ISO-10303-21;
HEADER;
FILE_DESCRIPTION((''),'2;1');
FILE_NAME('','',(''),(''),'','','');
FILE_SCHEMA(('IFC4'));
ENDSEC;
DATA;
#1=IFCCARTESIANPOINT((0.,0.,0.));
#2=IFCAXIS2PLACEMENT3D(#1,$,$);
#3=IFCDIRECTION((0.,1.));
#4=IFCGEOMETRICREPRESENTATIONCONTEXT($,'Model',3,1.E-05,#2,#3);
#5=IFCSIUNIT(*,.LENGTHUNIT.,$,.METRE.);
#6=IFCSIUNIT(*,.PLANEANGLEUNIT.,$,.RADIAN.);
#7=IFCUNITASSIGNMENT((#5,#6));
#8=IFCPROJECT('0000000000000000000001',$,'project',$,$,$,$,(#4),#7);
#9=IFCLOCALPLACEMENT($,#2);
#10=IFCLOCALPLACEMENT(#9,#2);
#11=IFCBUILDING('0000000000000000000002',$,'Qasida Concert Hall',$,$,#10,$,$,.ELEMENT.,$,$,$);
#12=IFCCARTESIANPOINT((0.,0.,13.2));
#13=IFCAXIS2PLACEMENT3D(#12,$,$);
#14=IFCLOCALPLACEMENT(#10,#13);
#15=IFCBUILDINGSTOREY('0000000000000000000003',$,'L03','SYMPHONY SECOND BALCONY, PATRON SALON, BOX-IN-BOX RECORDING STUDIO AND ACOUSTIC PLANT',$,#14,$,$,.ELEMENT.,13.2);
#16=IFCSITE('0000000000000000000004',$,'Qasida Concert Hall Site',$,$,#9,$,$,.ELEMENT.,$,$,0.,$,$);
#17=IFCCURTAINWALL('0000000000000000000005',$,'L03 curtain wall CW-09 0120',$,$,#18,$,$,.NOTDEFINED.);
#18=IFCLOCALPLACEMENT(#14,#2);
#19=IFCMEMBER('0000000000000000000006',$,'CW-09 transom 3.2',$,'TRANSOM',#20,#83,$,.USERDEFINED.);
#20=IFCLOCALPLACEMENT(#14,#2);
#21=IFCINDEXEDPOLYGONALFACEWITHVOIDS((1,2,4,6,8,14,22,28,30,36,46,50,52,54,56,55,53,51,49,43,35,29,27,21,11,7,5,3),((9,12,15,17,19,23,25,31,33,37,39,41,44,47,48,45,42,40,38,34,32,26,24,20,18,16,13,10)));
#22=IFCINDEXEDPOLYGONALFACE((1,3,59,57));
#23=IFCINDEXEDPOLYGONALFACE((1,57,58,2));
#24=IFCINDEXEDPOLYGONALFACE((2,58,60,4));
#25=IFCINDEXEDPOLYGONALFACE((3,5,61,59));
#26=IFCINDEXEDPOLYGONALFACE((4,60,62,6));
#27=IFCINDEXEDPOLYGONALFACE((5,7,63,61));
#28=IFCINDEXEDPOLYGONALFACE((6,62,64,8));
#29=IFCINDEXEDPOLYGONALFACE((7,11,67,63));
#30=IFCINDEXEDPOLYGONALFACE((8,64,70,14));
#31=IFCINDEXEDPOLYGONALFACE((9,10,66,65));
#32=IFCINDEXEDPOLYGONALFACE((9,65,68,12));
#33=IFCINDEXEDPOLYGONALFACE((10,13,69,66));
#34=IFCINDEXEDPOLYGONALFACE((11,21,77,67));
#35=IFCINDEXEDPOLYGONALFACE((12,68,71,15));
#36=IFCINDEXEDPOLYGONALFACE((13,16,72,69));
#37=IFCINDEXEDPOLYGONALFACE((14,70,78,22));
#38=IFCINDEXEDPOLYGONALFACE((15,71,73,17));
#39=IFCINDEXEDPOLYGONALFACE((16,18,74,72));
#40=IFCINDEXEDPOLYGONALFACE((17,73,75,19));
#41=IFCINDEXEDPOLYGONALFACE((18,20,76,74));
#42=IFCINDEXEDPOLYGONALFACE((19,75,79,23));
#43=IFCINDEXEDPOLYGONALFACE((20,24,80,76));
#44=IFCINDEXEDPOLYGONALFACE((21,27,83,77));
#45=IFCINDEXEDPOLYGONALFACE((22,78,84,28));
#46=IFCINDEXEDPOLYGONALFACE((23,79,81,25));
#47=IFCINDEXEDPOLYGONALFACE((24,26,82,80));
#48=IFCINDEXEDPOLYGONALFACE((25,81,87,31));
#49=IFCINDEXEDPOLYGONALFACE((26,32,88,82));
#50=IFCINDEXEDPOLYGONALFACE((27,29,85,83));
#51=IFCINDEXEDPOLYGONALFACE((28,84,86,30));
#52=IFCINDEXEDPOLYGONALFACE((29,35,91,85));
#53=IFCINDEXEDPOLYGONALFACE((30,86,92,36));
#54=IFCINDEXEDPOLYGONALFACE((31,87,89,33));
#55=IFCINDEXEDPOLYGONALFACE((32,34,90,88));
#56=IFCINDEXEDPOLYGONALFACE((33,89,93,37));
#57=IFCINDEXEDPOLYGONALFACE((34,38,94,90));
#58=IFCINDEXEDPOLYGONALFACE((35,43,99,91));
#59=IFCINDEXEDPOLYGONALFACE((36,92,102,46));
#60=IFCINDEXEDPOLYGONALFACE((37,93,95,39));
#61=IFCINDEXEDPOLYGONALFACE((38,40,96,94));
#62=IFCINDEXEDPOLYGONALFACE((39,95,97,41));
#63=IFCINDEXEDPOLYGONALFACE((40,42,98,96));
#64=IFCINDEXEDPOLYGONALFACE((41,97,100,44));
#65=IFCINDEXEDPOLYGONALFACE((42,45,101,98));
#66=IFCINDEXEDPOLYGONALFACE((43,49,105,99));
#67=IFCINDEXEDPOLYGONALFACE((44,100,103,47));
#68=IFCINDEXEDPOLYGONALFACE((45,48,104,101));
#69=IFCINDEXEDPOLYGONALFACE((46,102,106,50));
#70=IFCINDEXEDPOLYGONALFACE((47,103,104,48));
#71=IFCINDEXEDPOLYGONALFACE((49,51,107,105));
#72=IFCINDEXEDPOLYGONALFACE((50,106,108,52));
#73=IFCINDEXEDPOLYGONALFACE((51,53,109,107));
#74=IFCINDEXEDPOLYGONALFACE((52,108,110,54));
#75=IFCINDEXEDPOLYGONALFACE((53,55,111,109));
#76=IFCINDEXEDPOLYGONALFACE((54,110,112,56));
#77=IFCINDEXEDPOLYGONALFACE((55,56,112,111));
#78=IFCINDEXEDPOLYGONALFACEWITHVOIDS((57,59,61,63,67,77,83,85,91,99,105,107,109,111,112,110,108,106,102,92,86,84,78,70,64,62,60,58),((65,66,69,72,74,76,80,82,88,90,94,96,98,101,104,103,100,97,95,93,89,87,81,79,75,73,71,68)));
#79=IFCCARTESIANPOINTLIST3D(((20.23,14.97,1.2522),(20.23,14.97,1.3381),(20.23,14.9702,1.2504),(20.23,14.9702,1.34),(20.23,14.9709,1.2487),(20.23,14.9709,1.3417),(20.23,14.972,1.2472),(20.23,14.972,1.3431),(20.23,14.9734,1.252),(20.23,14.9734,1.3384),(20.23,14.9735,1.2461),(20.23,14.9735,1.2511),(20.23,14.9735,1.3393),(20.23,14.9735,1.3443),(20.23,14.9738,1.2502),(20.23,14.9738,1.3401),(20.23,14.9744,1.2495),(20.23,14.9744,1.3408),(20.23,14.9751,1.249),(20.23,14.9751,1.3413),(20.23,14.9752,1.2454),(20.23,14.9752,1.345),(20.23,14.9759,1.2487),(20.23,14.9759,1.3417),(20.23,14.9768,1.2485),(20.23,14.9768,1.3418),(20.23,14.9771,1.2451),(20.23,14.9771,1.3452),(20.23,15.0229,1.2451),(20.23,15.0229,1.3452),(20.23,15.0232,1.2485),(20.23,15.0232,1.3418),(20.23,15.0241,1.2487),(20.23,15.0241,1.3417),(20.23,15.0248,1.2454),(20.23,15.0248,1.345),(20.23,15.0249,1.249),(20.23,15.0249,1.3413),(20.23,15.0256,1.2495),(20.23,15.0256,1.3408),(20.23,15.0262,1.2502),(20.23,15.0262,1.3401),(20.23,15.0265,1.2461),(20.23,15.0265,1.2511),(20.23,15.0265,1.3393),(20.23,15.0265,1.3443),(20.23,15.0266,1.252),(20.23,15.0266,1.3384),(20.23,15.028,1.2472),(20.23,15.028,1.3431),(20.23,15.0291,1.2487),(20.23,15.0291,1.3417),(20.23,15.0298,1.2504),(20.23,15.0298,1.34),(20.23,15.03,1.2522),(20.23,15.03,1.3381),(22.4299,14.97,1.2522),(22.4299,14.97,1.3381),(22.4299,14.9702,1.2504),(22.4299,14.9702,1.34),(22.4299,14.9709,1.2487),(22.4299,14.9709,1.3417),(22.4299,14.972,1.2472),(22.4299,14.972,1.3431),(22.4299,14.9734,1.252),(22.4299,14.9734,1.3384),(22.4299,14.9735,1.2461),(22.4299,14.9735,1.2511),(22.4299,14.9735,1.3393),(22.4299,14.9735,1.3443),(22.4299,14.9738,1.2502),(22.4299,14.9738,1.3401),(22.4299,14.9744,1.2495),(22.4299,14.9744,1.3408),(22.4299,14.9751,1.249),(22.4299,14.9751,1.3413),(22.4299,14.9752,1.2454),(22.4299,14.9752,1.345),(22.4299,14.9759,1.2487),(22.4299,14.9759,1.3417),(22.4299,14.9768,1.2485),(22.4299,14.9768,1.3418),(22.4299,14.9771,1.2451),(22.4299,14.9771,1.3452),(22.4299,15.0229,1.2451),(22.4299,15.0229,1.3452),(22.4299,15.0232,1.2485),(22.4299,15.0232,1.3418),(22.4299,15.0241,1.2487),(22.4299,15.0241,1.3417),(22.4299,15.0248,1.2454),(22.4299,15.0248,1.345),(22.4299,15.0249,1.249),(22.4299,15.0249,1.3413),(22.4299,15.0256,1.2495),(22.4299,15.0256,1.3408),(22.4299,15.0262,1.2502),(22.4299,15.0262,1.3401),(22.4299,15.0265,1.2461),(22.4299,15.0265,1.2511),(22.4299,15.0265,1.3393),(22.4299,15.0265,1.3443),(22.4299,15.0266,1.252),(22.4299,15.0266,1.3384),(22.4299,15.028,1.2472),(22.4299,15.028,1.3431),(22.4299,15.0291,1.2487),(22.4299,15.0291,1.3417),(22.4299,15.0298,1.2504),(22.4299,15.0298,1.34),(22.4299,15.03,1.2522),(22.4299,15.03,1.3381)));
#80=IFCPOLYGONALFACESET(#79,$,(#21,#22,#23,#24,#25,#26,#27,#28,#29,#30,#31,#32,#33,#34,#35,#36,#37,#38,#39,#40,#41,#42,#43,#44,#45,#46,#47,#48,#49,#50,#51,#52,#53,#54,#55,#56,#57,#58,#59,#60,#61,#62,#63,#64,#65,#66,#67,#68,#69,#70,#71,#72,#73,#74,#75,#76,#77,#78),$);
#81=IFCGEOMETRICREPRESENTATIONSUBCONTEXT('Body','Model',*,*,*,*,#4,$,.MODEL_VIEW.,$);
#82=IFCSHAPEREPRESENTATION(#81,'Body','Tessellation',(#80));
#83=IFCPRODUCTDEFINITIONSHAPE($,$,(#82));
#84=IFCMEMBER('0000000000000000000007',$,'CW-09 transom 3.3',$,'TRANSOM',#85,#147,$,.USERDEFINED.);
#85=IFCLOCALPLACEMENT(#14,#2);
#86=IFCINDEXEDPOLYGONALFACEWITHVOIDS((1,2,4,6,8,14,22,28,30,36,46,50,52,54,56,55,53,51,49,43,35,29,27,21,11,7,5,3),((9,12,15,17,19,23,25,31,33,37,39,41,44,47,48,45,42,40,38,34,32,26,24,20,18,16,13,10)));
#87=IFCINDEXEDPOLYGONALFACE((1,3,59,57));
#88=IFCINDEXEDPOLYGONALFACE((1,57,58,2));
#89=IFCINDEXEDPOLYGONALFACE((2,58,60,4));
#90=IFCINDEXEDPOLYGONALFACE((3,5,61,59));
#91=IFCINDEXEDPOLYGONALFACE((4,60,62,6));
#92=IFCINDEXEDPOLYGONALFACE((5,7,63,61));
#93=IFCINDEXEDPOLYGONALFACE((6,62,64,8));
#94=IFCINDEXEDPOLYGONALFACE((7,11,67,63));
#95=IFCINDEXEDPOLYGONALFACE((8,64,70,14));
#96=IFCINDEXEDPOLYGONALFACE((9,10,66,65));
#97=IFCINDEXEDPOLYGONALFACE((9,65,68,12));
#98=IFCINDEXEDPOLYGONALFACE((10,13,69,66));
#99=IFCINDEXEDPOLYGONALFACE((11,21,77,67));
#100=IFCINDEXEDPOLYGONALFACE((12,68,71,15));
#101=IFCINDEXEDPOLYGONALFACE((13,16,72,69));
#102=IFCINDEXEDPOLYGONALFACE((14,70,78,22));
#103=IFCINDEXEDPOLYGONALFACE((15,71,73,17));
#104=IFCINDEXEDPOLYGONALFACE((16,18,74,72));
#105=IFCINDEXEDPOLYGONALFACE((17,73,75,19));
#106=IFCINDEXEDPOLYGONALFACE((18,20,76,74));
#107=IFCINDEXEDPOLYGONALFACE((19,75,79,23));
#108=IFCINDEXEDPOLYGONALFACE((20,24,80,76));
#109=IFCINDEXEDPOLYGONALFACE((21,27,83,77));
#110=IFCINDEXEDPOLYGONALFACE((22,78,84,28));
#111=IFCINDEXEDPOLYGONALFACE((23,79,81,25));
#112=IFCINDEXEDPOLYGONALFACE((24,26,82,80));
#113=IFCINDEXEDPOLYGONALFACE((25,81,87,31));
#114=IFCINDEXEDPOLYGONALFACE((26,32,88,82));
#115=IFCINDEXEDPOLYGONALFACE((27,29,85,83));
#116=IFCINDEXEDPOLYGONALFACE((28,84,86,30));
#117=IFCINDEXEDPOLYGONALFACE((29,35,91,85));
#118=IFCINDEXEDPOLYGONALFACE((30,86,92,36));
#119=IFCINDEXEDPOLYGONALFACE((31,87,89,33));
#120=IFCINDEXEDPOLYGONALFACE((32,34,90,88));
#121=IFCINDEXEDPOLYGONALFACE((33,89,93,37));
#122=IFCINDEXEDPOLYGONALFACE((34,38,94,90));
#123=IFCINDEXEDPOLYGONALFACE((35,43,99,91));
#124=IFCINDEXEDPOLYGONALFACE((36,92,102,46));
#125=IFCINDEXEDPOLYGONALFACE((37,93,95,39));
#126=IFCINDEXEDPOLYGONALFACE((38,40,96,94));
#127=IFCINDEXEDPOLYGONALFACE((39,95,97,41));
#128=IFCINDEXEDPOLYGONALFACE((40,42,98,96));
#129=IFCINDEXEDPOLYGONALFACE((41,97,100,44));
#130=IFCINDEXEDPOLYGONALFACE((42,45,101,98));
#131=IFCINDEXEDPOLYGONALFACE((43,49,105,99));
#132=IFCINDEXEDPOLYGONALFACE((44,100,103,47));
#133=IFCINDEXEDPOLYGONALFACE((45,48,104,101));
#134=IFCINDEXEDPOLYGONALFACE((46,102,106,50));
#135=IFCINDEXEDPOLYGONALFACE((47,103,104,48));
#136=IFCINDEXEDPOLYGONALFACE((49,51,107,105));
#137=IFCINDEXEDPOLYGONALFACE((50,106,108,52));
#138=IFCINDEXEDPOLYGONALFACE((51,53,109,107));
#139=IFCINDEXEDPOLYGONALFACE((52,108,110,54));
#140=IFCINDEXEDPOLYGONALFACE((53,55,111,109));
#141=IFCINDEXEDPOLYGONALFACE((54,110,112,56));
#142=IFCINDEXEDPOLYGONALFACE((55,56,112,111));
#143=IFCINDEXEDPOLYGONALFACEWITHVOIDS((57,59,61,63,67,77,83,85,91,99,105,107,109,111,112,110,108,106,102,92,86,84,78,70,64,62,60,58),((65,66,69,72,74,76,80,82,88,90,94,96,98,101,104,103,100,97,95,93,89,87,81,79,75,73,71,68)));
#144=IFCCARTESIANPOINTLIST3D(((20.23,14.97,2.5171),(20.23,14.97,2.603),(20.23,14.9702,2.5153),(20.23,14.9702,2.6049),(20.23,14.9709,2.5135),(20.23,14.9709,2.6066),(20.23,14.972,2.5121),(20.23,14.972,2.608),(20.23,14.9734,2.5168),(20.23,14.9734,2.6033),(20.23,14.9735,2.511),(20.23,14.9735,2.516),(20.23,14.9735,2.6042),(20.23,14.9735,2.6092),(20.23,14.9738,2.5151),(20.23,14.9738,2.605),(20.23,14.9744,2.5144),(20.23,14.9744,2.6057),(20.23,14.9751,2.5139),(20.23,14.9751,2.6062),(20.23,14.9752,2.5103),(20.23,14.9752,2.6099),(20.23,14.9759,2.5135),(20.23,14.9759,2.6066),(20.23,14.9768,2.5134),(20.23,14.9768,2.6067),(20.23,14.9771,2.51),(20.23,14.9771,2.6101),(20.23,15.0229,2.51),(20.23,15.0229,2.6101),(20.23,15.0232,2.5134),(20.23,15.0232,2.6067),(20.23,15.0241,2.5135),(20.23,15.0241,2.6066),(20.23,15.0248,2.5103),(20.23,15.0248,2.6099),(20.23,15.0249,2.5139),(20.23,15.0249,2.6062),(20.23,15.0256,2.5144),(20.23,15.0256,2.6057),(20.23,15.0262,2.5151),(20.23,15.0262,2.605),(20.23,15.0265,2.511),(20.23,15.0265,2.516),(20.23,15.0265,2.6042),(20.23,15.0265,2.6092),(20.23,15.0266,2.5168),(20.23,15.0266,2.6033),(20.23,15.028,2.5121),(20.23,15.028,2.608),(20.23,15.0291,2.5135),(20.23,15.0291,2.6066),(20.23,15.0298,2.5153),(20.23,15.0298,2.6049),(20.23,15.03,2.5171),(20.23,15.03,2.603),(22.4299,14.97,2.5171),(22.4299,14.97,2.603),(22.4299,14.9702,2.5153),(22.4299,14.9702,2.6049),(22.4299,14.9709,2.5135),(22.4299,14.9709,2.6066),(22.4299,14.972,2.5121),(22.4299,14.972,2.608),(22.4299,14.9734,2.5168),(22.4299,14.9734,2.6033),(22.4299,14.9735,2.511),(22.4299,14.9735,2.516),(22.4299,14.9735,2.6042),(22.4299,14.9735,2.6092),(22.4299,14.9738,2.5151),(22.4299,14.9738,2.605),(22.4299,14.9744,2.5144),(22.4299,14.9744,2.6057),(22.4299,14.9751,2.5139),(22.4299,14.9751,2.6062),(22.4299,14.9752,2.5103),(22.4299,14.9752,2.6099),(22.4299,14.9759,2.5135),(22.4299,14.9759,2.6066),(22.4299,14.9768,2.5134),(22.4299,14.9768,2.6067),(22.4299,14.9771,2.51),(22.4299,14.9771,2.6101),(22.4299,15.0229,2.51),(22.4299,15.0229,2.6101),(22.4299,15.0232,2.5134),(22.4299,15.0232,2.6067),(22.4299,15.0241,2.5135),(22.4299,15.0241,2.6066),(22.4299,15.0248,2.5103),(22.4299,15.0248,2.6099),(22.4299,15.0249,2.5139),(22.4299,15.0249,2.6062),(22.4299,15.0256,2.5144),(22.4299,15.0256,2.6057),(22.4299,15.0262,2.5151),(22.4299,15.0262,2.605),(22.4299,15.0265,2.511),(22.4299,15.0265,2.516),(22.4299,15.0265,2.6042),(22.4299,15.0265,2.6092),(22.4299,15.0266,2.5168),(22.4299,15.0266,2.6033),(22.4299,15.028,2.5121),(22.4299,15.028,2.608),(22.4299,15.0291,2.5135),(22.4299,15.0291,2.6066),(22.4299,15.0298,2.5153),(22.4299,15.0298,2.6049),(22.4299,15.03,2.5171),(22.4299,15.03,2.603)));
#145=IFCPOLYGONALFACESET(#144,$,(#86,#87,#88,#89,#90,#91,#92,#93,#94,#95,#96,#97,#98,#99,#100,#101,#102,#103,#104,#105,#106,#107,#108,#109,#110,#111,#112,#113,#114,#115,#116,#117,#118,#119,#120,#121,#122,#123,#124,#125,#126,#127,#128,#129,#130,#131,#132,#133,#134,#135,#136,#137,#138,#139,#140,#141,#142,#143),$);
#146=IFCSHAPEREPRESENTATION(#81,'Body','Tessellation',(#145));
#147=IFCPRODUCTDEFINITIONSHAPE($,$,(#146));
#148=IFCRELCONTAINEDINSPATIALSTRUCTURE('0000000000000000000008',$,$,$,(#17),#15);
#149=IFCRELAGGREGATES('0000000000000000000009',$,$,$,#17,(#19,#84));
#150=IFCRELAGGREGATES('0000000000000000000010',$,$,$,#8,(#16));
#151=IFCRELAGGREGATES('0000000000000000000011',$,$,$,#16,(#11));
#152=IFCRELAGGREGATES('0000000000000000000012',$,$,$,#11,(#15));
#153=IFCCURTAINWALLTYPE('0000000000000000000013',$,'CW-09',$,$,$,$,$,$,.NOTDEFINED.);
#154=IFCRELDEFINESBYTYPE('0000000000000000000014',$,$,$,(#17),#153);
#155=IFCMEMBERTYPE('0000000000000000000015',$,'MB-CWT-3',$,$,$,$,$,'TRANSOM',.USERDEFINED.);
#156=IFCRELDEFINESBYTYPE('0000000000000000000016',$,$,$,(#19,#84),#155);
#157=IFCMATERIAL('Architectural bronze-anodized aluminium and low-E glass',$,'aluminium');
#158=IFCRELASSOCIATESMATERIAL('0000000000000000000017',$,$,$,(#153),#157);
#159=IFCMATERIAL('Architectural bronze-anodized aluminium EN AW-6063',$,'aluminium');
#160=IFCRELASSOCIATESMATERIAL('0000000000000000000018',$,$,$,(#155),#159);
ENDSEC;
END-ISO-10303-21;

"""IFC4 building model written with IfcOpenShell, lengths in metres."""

from ifc_helpers import new_model, si_unit, direction, frame, origin, origin_2d, place, context, subcontext, project, spatial, hollow_rectangle, extrude, material, material_profile, profile_set, type_object, element, aggregate, save


model = new_model("IFC4")

# Units and contexts
model_context = context("Model", 3, precision=1e-05, world=origin(), true_north=direction((0.0, 1.0)))
body_context = subcontext(model_context, "Body", "Model", "MODEL_VIEW")
ifc_project = project(units=[si_unit("LENGTHUNIT", "METRE"), si_unit("PLANEANGLEUNIT", "RADIAN")], contexts=[model_context])

# Site, building, storey
site_placement = place(None, origin())
site = spatial("IfcSite", under=ifc_project, at=site_placement, Name="Qasida Concert Hall Site", CompositionType="ELEMENT", RefElevation=0.0)
building_placement = place(site_placement, origin())
building = spatial("IfcBuilding", under=site, at=building_placement, Name="Qasida Concert Hall", CompositionType="ELEMENT")
storey_placement = place(building_placement, frame((0.0, 0.0, 13.2)))
storey = spatial("IfcBuildingStorey", under=building, at=storey_placement, Name="L03", Description="SYMPHONY SECOND BALCONY, PATRON SALON, BOX-IN-BOX RECORDING STUDIO AND ACOUSTIC PLANT", CompositionType="ELEMENT", Elevation=13.2)

# Curtain wall
ifc_material_1 = material(Name="Architectural bronze-anodized aluminium and low-E glass", Category="aluminium")
curtain_wall_type = type_object("IfcCurtainWallType", Name="CW-09", PredefinedType="NOTDEFINED", material=ifc_material_1)
curtain_wall_1_placement = place(storey_placement, origin())
curtain_wall_1 = element("IfcCurtainWall", 1, at=curtain_wall_1_placement, inside=storey, type_object=curtain_wall_type, Name="L03 curtain wall CW-09 0120", PredefinedType="NOTDEFINED")
ifc_material_2 = material(Name="Architectural bronze-anodized aluminium EN AW-6063", Category="aluminium")

# Members
ifc_material_profile_1 = material_profile(ifc_material_2, hollow_rectangle(XDim=0.0601, YDim=0.1001, WallThickness=0.0034, InnerFilletRadius=0.0034, OuterFilletRadius=0.0071, at=origin_2d()), Name="CWT 100x60x3.5")
ifc_profile_set_1 = profile_set([ifc_material_profile_1], Name="Architectural bronze-anodized aluminium EN AW-6063")
member_type_1 = type_object("IfcMemberType", Name="MB-CWT-3", ElementType="TRANSOM", PredefinedType="USERDEFINED", material=ifc_profile_set_1)
member_1_placement = place(storey_placement, frame((20.23, 15.0, 1.2952), z_axis=(1.0, 0.0, 0.0), x_axis=(0.0, 1.0, 0.0)))
member_1 = element("IfcMember", 2, at=member_1_placement, type_object=member_type_1, Name="CW-09 transom 3.2", ObjectType="TRANSOM", PredefinedType="USERDEFINED", context=body_context, shape_type="SweptSolid", body=[
    extrude(hollow_rectangle(XDim=0.0601, YDim=0.1001, WallThickness=0.0034, InnerFilletRadius=0.0034, OuterFilletRadius=0.0071, at=origin_2d()), origin(), (0.0, 0.0, 1.0), 2.2),
])
member_2_placement = place(storey_placement, frame((20.23, 15.0, 2.5601), z_axis=(1.0, 0.0, 0.0), x_axis=(0.0, 1.0, 0.0)))
member_2 = element("IfcMember", 3, at=member_2_placement, type_object=member_type_1, Name="CW-09 transom 3.3", ObjectType="TRANSOM", PredefinedType="USERDEFINED", context=body_context, shape_type="SweptSolid", body=[
    extrude(hollow_rectangle(XDim=0.0601, YDim=0.1001, WallThickness=0.0034, InnerFilletRadius=0.0034, OuterFilletRadius=0.0071, at=origin_2d()), origin(), (0.0, 0.0, 1.0), 2.2),
])

aggregate(curtain_wall_1, [member_1, member_2])

save(model, "model.ifc")
